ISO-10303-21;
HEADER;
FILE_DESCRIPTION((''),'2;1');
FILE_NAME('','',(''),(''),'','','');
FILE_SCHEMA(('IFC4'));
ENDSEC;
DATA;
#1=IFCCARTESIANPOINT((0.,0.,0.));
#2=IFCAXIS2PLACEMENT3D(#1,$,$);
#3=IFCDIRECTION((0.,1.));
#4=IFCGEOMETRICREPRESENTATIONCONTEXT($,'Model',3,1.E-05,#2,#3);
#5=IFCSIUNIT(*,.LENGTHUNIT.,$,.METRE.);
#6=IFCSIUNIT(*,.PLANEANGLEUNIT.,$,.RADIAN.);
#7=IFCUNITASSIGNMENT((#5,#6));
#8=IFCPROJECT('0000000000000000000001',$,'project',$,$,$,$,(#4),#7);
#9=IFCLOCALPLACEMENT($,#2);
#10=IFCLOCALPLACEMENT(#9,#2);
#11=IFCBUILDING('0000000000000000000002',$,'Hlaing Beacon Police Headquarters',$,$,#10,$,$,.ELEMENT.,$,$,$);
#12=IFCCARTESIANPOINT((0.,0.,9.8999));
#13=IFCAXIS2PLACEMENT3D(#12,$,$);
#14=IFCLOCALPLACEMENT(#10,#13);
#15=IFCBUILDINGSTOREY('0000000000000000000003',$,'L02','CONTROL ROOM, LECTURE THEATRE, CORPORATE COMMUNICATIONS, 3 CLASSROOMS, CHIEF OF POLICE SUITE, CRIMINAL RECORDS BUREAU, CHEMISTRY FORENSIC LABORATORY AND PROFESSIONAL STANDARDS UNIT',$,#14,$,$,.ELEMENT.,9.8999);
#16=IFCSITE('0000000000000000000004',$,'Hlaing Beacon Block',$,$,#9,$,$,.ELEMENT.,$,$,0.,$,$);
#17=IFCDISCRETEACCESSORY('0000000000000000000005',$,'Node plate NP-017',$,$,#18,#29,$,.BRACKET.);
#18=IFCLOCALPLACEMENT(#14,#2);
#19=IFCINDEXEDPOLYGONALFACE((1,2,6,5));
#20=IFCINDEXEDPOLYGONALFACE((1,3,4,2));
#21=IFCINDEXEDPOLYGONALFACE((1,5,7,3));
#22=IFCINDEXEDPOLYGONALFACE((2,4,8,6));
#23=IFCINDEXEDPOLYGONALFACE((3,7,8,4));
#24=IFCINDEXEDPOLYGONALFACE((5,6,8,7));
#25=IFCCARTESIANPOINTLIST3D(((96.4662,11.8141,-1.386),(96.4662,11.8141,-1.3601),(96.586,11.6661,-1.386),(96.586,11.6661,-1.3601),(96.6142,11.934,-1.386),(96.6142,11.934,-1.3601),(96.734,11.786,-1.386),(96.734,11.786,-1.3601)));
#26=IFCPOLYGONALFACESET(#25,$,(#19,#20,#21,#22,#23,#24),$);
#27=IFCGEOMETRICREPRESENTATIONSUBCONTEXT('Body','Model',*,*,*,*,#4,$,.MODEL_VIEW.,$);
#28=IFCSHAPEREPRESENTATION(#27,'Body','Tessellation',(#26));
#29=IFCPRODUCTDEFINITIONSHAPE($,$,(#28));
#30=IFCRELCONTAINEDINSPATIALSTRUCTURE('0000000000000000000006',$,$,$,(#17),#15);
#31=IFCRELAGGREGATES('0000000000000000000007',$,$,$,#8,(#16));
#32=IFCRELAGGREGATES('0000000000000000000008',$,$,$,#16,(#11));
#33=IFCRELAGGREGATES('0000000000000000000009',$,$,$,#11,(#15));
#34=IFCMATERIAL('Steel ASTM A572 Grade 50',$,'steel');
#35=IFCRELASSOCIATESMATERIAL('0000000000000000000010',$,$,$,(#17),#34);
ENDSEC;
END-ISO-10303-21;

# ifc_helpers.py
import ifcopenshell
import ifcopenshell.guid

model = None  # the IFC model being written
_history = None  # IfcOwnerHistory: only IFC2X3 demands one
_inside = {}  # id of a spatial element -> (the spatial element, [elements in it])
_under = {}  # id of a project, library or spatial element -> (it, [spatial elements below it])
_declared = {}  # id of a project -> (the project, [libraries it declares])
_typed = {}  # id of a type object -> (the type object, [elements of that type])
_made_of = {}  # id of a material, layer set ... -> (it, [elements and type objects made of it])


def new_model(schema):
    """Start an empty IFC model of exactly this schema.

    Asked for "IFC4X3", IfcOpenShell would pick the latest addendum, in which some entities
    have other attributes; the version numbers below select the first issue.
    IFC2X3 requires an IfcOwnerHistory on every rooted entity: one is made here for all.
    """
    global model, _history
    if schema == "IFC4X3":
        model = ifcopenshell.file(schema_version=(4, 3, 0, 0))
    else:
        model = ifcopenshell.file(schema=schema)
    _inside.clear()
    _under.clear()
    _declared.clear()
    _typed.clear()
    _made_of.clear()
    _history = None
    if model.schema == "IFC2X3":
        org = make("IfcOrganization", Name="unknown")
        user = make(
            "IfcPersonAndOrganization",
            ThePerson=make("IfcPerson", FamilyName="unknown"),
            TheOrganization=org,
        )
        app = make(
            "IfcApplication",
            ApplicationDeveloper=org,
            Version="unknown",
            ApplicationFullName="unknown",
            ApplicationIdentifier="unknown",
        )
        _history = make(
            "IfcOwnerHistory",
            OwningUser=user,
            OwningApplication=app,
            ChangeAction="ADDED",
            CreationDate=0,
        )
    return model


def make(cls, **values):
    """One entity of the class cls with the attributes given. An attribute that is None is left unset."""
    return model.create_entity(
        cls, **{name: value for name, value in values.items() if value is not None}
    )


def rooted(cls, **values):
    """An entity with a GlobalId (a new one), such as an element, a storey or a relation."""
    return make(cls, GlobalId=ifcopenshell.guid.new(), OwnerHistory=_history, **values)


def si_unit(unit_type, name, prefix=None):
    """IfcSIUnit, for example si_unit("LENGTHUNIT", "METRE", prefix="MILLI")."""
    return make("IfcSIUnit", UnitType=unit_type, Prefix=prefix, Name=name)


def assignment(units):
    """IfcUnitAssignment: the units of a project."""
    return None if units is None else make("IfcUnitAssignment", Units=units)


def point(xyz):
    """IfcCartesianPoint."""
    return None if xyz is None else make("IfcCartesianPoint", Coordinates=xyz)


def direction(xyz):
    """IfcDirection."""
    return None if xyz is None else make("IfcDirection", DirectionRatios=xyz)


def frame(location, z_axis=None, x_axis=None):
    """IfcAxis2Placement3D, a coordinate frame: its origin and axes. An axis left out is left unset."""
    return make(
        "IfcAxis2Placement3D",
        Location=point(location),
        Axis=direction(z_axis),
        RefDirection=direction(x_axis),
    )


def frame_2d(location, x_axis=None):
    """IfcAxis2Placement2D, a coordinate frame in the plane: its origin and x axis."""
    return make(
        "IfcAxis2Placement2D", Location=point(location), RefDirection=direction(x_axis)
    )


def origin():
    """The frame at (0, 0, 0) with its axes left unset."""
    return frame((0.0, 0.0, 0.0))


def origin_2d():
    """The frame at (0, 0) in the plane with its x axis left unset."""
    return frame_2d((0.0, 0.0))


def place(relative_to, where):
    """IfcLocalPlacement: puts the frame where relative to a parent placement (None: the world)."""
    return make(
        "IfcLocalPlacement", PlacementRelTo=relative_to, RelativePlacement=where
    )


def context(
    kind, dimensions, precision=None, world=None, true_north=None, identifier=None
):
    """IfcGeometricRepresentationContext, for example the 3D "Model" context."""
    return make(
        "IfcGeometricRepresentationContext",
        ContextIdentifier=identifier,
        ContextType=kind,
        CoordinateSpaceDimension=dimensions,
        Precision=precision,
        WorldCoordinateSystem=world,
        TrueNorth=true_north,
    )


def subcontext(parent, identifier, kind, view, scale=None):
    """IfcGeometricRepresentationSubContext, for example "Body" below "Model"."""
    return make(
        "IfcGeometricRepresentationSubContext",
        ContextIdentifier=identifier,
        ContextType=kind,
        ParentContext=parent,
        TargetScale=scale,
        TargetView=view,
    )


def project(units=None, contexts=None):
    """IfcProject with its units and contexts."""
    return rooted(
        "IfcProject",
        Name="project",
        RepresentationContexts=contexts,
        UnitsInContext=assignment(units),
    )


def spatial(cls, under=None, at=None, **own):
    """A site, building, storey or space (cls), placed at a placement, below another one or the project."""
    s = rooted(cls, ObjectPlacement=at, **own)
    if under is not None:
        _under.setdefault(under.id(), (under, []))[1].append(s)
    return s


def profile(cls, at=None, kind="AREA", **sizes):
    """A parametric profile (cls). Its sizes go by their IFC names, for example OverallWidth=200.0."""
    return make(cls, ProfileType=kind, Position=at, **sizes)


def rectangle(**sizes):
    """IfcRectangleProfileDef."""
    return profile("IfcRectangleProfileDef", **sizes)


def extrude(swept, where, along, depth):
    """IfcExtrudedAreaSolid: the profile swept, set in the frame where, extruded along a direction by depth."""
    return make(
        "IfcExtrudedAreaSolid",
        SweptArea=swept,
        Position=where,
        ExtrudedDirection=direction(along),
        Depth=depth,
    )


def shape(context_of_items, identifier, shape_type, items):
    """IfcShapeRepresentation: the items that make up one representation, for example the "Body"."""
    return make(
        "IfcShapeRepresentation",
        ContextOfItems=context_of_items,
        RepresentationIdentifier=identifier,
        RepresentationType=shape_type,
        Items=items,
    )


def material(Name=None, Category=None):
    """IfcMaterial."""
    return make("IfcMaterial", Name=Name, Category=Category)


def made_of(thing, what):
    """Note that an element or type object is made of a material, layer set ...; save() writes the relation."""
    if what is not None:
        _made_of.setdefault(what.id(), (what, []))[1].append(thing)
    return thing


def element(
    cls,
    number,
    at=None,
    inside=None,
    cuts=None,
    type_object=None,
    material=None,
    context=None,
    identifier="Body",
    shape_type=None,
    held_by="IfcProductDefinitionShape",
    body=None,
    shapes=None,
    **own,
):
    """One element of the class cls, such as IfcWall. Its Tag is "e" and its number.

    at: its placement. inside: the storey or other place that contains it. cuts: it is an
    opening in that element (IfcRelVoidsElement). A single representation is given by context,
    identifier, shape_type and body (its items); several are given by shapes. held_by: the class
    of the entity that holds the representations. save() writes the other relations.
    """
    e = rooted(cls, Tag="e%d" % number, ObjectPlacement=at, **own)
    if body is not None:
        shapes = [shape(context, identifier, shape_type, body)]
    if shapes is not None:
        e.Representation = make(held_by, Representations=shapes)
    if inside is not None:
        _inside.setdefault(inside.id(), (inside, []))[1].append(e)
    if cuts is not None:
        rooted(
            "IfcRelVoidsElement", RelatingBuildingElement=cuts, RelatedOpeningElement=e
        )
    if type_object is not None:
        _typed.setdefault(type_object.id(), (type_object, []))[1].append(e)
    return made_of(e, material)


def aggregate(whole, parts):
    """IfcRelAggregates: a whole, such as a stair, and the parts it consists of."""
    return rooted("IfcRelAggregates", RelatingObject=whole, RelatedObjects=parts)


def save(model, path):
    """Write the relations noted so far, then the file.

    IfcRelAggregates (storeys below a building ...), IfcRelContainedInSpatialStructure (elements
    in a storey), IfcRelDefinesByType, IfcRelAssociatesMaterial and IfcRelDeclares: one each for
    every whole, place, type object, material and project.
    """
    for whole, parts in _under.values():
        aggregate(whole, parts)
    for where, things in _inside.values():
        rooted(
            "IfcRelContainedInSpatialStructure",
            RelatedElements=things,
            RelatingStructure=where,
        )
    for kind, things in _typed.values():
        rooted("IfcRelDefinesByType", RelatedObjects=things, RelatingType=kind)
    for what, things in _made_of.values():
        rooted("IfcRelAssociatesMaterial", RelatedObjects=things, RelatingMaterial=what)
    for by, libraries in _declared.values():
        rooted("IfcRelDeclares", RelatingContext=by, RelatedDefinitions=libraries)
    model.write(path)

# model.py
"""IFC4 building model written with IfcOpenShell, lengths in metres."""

from ifc_helpers import new_model, si_unit, direction, frame, origin, origin_2d, place, context, subcontext, project, spatial, rectangle, extrude, material, element, save


model = new_model("IFC4")

# Units and contexts
model_context = context("Model", 3, precision=1e-05, world=origin(), true_north=direction((0.0, 1.0)))
body_context = subcontext(model_context, "Body", "Model", "MODEL_VIEW")
ifc_project = project(units=[si_unit("LENGTHUNIT", "METRE"), si_unit("PLANEANGLEUNIT", "RADIAN")], contexts=[model_context])

# Site, building, storey
site_placement = place(None, origin())
site = spatial("IfcSite", under=ifc_project, at=site_placement, Name="Hlaing Beacon Block", CompositionType="ELEMENT", RefElevation=0.0)
building_placement = place(site_placement, origin())
building = spatial("IfcBuilding", under=site, at=building_placement, Name="Hlaing Beacon Police Headquarters", CompositionType="ELEMENT")
storey_placement = place(building_placement, frame((0.0, 0.0, 9.8999)))
storey = spatial("IfcBuildingStorey", under=building, at=storey_placement, Name="L02", Description="CONTROL ROOM, LECTURE THEATRE, CORPORATE COMMUNICATIONS, 3 CLASSROOMS, CHIEF OF POLICE SUITE, CRIMINAL RECORDS BUREAU, CHEMISTRY FORENSIC LABORATORY AND PROFESSIONAL STANDARDS UNIT", CompositionType="ELEMENT", Elevation=9.8999)

# Discrete accessory
ifc_material_1 = material(Name="Steel ASTM A572 Grade 50", Category="steel")
discrete_accessory_placement = place(storey_placement, frame((96.6001, 11.8, -1.386), z_axis=(0.0, 0.0, 1.0), x_axis=(0.777245, 0.629198, 0.0)))
element("IfcDiscreteAccessory", 1, at=discrete_accessory_placement, inside=storey, material=ifc_material_1, Name="Node plate NP-017", PredefinedType="BRACKET", context=body_context, shape_type="SweptSolid", body=[
    extrude(rectangle(XDim=0.1904, YDim=0.1904, at=origin_2d()), origin(), (0.0, 0.0, 1.0), 0.0259),
])

save(model, "model.ifc")
